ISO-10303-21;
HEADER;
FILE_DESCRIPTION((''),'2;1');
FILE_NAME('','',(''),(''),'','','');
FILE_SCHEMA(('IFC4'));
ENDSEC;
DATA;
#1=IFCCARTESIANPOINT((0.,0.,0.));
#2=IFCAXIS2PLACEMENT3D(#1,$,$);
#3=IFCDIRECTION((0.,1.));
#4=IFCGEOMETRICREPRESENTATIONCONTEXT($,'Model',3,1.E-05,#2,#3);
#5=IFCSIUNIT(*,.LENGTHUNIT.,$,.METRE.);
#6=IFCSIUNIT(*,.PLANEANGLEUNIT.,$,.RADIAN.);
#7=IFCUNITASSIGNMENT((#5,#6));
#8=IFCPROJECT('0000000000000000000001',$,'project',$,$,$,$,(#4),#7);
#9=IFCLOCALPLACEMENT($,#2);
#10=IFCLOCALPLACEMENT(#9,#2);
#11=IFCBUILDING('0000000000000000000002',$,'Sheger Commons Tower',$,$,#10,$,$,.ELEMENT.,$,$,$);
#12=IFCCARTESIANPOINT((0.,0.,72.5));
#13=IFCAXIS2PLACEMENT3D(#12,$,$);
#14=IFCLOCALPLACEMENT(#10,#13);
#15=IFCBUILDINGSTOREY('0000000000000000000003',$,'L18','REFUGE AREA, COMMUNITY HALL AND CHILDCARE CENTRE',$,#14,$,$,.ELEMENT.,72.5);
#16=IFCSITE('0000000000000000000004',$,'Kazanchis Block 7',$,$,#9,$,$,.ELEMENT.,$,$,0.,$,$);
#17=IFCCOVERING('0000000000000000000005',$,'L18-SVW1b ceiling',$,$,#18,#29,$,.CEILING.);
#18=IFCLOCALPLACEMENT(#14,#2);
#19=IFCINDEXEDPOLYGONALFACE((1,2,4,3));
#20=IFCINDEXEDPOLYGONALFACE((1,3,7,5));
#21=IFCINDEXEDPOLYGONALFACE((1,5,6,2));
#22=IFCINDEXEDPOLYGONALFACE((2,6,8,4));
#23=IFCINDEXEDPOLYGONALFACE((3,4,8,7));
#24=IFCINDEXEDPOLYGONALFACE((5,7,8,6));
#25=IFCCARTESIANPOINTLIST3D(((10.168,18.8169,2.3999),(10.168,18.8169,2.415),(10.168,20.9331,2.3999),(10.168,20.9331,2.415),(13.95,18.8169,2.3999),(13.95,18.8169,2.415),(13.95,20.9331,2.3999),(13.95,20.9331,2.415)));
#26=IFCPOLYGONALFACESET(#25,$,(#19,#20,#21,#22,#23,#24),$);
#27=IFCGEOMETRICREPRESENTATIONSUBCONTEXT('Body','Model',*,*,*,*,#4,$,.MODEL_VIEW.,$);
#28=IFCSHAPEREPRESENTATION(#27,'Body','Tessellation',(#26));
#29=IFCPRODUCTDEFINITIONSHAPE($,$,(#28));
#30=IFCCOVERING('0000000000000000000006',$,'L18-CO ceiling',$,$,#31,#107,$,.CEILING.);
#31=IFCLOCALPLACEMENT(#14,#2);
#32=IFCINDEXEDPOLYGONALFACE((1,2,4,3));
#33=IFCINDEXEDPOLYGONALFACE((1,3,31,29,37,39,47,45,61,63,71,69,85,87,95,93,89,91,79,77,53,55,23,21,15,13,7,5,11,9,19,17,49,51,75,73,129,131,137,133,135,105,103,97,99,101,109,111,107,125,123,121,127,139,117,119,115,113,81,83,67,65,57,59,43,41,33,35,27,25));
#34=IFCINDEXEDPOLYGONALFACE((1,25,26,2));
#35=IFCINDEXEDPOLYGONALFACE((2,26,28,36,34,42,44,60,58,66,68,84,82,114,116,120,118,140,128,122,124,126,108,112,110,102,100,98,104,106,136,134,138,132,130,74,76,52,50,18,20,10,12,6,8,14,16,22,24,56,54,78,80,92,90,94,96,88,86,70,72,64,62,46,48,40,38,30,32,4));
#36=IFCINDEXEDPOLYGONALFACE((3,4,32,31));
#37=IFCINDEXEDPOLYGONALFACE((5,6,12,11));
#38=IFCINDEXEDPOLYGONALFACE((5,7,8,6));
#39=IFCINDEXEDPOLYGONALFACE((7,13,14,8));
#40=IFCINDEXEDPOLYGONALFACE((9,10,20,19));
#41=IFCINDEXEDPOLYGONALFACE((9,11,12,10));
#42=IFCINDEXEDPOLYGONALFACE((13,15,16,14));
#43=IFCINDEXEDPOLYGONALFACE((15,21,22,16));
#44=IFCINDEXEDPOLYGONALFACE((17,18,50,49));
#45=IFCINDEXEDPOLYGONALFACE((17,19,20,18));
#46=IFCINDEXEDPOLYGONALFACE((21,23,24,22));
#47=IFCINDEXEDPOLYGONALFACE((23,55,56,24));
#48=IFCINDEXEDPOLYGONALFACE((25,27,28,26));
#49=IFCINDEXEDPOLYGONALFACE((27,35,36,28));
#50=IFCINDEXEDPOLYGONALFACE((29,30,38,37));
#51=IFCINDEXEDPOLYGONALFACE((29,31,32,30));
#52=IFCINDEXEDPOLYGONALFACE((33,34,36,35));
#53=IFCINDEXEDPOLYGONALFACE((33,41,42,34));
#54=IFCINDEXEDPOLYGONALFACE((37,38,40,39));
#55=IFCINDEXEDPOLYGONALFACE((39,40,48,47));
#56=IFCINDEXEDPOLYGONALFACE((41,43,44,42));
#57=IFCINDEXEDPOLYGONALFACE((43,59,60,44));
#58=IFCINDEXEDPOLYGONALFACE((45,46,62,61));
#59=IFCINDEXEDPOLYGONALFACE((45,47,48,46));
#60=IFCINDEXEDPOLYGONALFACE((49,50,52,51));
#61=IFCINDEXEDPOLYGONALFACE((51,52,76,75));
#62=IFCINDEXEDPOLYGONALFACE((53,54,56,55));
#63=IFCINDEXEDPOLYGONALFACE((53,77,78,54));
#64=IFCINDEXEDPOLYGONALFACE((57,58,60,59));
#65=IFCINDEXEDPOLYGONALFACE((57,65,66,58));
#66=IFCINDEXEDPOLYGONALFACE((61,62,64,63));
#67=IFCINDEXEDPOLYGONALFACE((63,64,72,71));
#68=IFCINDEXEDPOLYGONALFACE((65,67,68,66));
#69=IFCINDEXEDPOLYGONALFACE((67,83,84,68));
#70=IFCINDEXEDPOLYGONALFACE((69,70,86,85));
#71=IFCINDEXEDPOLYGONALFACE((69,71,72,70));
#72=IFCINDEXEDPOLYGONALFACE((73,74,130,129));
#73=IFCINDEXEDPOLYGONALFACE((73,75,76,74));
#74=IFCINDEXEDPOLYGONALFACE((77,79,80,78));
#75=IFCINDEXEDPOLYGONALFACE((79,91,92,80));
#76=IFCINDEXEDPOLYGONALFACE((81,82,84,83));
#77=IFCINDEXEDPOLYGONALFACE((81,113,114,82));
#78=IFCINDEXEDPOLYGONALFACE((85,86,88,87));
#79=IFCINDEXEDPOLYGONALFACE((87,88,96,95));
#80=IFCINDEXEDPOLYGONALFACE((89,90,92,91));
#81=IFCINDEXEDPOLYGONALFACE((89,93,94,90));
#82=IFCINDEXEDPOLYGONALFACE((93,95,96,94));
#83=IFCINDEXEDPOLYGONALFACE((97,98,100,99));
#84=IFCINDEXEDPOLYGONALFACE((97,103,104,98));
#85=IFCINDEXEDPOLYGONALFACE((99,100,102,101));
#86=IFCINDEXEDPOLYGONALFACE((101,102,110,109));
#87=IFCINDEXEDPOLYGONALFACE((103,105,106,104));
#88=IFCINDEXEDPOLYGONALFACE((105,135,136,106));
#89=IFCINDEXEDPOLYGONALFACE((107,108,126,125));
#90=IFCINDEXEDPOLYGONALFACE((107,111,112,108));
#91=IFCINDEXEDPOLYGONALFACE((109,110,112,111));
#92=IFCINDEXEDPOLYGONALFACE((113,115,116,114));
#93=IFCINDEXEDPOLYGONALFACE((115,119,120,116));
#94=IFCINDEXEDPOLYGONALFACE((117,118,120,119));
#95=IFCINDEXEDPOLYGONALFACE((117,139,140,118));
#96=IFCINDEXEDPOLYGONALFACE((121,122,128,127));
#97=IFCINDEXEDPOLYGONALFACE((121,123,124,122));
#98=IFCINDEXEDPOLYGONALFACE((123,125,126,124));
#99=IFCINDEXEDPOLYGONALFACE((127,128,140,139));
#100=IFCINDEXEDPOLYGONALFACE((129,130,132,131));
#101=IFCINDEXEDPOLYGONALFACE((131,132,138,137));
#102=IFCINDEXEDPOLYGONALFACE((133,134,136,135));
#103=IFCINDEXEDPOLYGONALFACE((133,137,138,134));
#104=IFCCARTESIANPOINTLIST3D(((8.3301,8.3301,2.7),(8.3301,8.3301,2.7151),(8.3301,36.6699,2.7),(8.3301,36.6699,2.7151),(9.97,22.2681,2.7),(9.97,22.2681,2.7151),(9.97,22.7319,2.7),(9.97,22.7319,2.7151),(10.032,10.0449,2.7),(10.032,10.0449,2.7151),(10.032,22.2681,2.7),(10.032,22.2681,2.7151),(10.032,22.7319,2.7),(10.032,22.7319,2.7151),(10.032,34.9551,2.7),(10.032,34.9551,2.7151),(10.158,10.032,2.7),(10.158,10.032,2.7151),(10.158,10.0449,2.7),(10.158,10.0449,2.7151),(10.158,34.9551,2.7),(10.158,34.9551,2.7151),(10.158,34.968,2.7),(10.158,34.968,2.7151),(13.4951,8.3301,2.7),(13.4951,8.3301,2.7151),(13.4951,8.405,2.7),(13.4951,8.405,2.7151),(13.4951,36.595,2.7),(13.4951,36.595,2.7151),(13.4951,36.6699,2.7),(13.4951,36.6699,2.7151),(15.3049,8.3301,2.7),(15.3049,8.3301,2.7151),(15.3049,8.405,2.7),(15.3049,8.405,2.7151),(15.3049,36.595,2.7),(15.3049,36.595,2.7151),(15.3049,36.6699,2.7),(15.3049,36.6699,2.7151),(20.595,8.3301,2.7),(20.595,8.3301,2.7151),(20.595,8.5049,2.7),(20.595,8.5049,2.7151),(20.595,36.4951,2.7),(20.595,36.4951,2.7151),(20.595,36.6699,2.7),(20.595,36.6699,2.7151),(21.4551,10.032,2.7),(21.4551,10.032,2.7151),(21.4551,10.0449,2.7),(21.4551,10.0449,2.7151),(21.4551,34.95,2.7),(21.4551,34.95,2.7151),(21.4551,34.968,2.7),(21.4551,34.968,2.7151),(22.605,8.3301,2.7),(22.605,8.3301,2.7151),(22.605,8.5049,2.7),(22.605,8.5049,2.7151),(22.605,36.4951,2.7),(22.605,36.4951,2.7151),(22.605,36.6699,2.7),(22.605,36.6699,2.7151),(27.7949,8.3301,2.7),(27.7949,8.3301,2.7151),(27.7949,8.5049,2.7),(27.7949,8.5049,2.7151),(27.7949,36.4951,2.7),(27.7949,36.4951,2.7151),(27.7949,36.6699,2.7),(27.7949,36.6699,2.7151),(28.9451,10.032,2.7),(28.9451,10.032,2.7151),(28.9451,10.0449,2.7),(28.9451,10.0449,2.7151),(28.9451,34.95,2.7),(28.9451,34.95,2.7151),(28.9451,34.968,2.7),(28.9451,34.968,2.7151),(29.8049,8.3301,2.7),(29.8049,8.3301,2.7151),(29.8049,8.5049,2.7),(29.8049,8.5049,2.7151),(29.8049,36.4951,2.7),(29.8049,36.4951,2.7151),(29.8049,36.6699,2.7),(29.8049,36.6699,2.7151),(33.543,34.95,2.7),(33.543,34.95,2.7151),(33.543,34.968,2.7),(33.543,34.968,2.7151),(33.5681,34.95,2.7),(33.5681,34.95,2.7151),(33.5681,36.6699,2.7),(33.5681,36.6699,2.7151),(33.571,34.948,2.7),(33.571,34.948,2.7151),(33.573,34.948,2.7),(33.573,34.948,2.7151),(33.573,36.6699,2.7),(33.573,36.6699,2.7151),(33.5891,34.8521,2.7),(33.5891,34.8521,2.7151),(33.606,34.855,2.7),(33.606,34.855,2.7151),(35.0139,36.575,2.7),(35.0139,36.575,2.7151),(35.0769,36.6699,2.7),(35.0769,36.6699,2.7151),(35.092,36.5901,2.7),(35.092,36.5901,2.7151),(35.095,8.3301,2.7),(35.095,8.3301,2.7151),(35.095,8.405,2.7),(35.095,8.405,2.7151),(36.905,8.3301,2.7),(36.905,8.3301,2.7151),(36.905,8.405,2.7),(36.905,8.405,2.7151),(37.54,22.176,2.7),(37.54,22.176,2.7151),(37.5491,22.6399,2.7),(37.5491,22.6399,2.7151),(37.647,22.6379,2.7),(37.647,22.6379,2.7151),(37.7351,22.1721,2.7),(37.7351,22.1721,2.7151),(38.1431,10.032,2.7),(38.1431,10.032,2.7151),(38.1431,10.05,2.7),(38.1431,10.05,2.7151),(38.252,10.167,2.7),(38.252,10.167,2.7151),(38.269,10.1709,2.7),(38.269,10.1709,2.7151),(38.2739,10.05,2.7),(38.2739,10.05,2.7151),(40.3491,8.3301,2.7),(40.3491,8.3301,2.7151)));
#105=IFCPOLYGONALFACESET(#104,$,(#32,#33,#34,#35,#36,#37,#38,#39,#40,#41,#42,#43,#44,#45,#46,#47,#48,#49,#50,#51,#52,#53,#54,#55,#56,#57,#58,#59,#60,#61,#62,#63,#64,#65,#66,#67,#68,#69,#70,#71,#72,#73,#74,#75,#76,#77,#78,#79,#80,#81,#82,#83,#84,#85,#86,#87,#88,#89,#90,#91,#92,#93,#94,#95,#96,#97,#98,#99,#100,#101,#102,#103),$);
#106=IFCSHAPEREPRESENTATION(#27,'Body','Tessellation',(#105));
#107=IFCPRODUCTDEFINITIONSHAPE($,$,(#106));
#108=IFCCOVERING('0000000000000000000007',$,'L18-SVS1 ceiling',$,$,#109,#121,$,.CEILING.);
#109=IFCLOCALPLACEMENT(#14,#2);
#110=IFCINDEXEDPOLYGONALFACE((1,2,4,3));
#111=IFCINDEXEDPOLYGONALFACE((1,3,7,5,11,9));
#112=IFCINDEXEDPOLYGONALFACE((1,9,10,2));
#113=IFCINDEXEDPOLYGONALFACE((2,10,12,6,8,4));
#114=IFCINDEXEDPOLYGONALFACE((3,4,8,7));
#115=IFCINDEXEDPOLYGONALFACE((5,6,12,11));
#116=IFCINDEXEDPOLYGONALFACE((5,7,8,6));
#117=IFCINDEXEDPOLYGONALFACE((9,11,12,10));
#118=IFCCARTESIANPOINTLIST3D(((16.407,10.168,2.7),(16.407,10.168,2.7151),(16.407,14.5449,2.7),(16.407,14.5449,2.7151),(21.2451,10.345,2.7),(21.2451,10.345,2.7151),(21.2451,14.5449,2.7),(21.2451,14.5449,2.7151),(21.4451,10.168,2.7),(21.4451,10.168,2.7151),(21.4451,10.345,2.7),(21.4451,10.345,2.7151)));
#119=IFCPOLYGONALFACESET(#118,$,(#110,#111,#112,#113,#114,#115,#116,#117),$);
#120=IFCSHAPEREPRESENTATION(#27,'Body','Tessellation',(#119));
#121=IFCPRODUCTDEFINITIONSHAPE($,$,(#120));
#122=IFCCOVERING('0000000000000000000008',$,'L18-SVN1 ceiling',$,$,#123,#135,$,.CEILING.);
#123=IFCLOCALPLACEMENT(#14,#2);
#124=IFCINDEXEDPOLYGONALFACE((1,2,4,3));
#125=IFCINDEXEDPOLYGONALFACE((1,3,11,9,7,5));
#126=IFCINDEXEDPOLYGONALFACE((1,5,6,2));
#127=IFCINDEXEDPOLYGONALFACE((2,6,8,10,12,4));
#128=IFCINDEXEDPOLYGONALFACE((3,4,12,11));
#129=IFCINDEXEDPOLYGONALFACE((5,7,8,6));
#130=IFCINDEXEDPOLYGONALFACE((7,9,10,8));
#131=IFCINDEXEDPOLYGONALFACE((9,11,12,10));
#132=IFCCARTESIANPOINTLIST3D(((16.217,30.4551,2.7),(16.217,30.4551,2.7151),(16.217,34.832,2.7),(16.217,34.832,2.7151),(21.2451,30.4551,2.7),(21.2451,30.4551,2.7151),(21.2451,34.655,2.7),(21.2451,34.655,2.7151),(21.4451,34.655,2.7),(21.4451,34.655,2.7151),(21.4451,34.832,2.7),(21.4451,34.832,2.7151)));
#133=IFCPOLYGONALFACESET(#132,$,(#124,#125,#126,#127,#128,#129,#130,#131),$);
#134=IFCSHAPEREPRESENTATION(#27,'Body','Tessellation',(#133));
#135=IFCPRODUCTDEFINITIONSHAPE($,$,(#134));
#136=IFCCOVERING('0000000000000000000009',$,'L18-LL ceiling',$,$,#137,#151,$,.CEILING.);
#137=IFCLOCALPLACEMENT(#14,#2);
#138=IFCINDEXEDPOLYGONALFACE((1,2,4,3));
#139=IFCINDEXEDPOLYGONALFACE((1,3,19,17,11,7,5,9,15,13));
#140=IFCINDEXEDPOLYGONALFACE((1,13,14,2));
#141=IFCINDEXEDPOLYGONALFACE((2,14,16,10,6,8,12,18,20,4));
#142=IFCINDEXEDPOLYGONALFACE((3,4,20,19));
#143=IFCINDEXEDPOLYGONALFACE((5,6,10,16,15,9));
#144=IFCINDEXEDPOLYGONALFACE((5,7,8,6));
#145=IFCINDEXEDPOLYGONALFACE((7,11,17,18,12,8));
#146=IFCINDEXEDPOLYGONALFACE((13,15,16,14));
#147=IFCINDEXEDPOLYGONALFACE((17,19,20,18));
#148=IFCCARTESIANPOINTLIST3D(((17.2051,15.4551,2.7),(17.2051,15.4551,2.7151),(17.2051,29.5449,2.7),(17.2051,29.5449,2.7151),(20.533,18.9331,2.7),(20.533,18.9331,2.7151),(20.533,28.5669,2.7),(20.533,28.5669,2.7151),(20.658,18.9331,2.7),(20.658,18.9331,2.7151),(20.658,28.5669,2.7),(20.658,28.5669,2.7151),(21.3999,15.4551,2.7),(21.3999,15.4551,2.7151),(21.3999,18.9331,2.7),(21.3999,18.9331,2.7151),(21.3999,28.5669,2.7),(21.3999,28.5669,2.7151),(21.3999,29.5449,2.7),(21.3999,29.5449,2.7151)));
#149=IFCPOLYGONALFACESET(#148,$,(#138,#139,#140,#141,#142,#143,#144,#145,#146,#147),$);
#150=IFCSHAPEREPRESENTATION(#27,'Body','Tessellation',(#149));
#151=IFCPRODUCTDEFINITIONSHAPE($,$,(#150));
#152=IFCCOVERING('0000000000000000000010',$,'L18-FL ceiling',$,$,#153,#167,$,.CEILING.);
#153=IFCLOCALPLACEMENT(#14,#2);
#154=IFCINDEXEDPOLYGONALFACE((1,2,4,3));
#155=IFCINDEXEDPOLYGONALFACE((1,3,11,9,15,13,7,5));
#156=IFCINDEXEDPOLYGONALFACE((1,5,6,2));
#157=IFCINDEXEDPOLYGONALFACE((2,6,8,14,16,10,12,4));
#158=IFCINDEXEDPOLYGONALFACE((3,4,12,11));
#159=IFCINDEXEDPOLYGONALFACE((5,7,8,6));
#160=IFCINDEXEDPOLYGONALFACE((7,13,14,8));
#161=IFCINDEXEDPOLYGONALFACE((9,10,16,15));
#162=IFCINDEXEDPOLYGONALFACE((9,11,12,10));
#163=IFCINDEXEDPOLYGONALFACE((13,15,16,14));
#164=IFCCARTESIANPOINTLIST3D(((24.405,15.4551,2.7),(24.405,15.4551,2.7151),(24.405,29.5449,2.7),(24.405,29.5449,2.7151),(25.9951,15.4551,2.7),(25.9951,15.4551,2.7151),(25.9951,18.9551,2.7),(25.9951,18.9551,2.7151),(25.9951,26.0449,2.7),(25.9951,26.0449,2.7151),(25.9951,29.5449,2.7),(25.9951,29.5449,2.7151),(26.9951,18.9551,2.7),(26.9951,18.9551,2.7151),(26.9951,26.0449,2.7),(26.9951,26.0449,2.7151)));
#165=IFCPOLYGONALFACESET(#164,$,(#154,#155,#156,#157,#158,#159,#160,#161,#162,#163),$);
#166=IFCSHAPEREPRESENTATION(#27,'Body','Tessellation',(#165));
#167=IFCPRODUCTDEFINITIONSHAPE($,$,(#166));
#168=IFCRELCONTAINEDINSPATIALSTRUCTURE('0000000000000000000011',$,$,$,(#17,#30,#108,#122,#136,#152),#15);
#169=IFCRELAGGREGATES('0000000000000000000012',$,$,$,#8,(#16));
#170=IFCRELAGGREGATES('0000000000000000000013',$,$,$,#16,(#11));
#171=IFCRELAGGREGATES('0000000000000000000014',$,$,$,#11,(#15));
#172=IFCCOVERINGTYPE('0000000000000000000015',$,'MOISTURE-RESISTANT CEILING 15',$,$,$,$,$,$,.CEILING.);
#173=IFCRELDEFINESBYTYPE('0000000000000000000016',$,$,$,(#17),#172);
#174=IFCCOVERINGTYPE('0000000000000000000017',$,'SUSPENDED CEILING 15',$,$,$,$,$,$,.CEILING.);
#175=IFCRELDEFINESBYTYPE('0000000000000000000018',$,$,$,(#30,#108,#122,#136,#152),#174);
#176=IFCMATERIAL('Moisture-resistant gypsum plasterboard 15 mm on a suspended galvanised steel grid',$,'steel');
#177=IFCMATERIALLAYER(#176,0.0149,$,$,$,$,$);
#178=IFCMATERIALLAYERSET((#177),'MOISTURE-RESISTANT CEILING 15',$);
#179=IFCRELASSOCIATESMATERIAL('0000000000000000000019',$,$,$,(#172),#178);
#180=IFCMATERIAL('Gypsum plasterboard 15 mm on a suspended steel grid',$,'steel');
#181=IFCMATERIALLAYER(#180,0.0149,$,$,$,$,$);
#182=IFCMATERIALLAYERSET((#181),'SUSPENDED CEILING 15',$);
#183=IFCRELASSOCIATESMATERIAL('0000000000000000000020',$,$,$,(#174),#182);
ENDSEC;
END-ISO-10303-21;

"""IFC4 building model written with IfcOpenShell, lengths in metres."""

from ifc_helpers import new_model, si_unit, direction, frame, origin, place, context, subcontext, project, spatial, polyline, outline, extrude, material, layer, layer_set, type_object, element, save


model = new_model("IFC4")

# Units and contexts
model_context = context("Model", 3, precision=1e-05, world=origin(), true_north=direction((0.0, 1.0)))
body_context = subcontext(model_context, "Body", "Model", "MODEL_VIEW")
ifc_project = project(units=[si_unit("LENGTHUNIT", "METRE"), si_unit("PLANEANGLEUNIT", "RADIAN")], contexts=[model_context])

# Site, building, storey
site_placement = place(None, origin())
site = spatial("IfcSite", under=ifc_project, at=site_placement, Name="Kazanchis Block 7", CompositionType="ELEMENT", RefElevation=0.0)
building_placement = place(site_placement, origin())
building = spatial("IfcBuilding", under=site, at=building_placement, Name="Sheger Commons Tower", CompositionType="ELEMENT")
storey_placement = place(building_placement, frame((0.0, 0.0, 72.5)))
storey = spatial("IfcBuildingStorey", under=building, at=storey_placement, Name="L18", Description="REFUGE AREA, COMMUNITY HALL AND CHILDCARE CENTRE", CompositionType="ELEMENT", Elevation=72.5)

# Coverings
ifc_material_1 = material(Name="Moisture-resistant gypsum plasterboard 15 mm on a suspended galvanised steel grid", Category="steel")
ifc_layer_1 = layer(ifc_material_1, 0.0149)
ifc_layer_set_1 = layer_set([ifc_layer_1], Name="MOISTURE-RESISTANT CEILING 15")
covering_type_1 = type_object("IfcCoveringType", Name="MOISTURE-RESISTANT CEILING 15", PredefinedType="CEILING", material=ifc_layer_set_1)
covering_1_placement = place(storey_placement, frame((0.0, 0.0, 2.3999)))
element("IfcCovering", 1, at=covering_1_placement, inside=storey, type_object=covering_type_1, Name="L18-SVW1b ceiling", PredefinedType="CEILING", context=body_context, shape_type="SweptSolid", body=[
    extrude(outline(polyline([(10.168, 18.8169), (13.95, 18.8169), (13.95, 20.9331), (10.168, 20.9331), (10.168, 18.8169)])), origin(), (0.0, 0.0, 1.0), 0.0151),
])
ifc_material_2 = material(Name="Gypsum plasterboard 15 mm on a suspended steel grid", Category="steel")
ifc_layer_2 = layer(ifc_material_2, 0.0149)
ifc_layer_set_2 = layer_set([ifc_layer_2], Name="SUSPENDED CEILING 15")
covering_type_2 = type_object("IfcCoveringType", Name="SUSPENDED CEILING 15", PredefinedType="CEILING", material=ifc_layer_set_2)
covering_2_placement = place(storey_placement, frame((0.0, 0.0, 2.7)))
element("IfcCovering", 2, at=covering_2_placement, inside=storey, type_object=covering_type_2, Name="L18-CO ceiling", PredefinedType="CEILING", context=body_context, shape_type="SweptSolid", body=[
    extrude(outline(polyline([(8.3301, 8.3301), (13.4951, 8.3301), (13.4951, 8.405), (15.3049, 8.405), (15.3049, 8.3301), (20.595, 8.3301), (20.595, 8.5049), (22.605, 8.5049), (22.605, 8.3301), (27.7949, 8.3301), (27.7949, 8.5049), (29.8049, 8.5049), (29.8049, 8.3301), (35.095, 8.3301), (35.095, 8.405), (36.905, 8.405), (36.905, 8.3301), (40.3491, 8.3301), (37.7351, 22.1721), (37.54, 22.176), (37.5491, 22.6399), (37.647, 22.6379), (35.0139, 36.575), (35.092, 36.5901), (35.0769, 36.6699), (33.573, 36.6699), (33.573, 34.948), (33.571, 34.948), (33.5891, 34.8521), (33.606, 34.855), (38.269, 10.1709), (38.252, 10.167), (38.2739, 10.05), (38.1431, 10.05), (38.1431, 10.032), (28.9451, 10.032), (28.9451, 10.0449), (21.4551, 10.0449), (21.4551, 10.032), (10.158, 10.032), (10.158, 10.0449), (10.032, 10.0449), (10.032, 22.2681), (9.97, 22.2681), (9.97, 22.7319), (10.032, 22.7319), (10.032, 34.9551), (10.158, 34.9551), (10.158, 34.968), (21.4551, 34.968), (21.4551, 34.95), (28.9451, 34.95), (28.9451, 34.968), (33.543, 34.968), (33.543, 34.95), (33.5681, 34.95), (33.5681, 36.6699), (29.8049, 36.6699), (29.8049, 36.4951), (27.7949, 36.4951), (27.7949, 36.6699), (22.605, 36.6699), (22.605, 36.4951), (20.595, 36.4951), (20.595, 36.6699), (15.3049, 36.6699), (15.3049, 36.595), (13.4951, 36.595), (13.4951, 36.6699), (8.3301, 36.6699), (8.3301, 8.3301)])), origin(), (0.0, 0.0, 1.0), 0.0151),
])
covering_3_placement = place(storey_placement, frame((0.0, 0.0, 2.7)))
element("IfcCovering", 3, at=covering_3_placement, inside=storey, type_object=covering_type_2, Name="L18-SVS1 ceiling", PredefinedType="CEILING", context=body_context, shape_type="SweptSolid", body=[
    extrude(outline(polyline([(16.407, 10.168), (21.4451, 10.168), (21.4451, 10.345), (21.2451, 10.345), (21.2451, 14.5449), (16.407, 14.5449), (16.407, 10.168)])), origin(), (0.0, 0.0, 1.0), 0.0151),
])
covering_4_placement = place(storey_placement, frame((0.0, 0.0, 2.7)))
element("IfcCovering", 4, at=covering_4_placement, inside=storey, type_object=covering_type_2, Name="L18-SVN1 ceiling", PredefinedType="CEILING", context=body_context, shape_type="SweptSolid", body=[
    extrude(outline(polyline([(16.217, 30.4551), (21.2451, 30.4551), (21.2451, 34.655), (21.4451, 34.655), (21.4451, 34.832), (16.217, 34.832), (16.217, 30.4551)])), origin(), (0.0, 0.0, 1.0), 0.0151),
])
covering_5_placement = place(storey_placement, frame((0.0, 0.0, 2.7)))
element("IfcCovering", 5, at=covering_5_placement, inside=storey, type_object=covering_type_2, Name="L18-LL ceiling", PredefinedType="CEILING", context=body_context, shape_type="SweptSolid", body=[
    extrude(outline(polyline([(17.2051, 15.4551), (21.3999, 15.4551), (21.3999, 18.9331), (20.658, 18.9331), (20.533, 18.9331), (20.533, 28.5669), (20.658, 28.5669), (21.3999, 28.5669), (21.3999, 29.5449), (17.2051, 29.5449), (17.2051, 15.4551)])), origin(), (0.0, 0.0, 1.0), 0.0151),
])
covering_6_placement = place(storey_placement, frame((0.0, 0.0, 2.7)))
element("IfcCovering", 6, at=covering_6_placement, inside=storey, type_object=covering_type_2, Name="L18-FL ceiling", PredefinedType="CEILING", context=body_context, shape_type="SweptSolid", body=[
    extrude(outline(polyline([(24.405, 15.4551), (25.9951, 15.4551), (25.9951, 18.9551), (26.9951, 18.9551), (26.9951, 26.0449), (25.9951, 26.0449), (25.9951, 29.5449), (24.405, 29.5449), (24.405, 15.4551)])), origin(), (0.0, 0.0, 1.0), 0.0151),
])

save(model, "model.ifc")
